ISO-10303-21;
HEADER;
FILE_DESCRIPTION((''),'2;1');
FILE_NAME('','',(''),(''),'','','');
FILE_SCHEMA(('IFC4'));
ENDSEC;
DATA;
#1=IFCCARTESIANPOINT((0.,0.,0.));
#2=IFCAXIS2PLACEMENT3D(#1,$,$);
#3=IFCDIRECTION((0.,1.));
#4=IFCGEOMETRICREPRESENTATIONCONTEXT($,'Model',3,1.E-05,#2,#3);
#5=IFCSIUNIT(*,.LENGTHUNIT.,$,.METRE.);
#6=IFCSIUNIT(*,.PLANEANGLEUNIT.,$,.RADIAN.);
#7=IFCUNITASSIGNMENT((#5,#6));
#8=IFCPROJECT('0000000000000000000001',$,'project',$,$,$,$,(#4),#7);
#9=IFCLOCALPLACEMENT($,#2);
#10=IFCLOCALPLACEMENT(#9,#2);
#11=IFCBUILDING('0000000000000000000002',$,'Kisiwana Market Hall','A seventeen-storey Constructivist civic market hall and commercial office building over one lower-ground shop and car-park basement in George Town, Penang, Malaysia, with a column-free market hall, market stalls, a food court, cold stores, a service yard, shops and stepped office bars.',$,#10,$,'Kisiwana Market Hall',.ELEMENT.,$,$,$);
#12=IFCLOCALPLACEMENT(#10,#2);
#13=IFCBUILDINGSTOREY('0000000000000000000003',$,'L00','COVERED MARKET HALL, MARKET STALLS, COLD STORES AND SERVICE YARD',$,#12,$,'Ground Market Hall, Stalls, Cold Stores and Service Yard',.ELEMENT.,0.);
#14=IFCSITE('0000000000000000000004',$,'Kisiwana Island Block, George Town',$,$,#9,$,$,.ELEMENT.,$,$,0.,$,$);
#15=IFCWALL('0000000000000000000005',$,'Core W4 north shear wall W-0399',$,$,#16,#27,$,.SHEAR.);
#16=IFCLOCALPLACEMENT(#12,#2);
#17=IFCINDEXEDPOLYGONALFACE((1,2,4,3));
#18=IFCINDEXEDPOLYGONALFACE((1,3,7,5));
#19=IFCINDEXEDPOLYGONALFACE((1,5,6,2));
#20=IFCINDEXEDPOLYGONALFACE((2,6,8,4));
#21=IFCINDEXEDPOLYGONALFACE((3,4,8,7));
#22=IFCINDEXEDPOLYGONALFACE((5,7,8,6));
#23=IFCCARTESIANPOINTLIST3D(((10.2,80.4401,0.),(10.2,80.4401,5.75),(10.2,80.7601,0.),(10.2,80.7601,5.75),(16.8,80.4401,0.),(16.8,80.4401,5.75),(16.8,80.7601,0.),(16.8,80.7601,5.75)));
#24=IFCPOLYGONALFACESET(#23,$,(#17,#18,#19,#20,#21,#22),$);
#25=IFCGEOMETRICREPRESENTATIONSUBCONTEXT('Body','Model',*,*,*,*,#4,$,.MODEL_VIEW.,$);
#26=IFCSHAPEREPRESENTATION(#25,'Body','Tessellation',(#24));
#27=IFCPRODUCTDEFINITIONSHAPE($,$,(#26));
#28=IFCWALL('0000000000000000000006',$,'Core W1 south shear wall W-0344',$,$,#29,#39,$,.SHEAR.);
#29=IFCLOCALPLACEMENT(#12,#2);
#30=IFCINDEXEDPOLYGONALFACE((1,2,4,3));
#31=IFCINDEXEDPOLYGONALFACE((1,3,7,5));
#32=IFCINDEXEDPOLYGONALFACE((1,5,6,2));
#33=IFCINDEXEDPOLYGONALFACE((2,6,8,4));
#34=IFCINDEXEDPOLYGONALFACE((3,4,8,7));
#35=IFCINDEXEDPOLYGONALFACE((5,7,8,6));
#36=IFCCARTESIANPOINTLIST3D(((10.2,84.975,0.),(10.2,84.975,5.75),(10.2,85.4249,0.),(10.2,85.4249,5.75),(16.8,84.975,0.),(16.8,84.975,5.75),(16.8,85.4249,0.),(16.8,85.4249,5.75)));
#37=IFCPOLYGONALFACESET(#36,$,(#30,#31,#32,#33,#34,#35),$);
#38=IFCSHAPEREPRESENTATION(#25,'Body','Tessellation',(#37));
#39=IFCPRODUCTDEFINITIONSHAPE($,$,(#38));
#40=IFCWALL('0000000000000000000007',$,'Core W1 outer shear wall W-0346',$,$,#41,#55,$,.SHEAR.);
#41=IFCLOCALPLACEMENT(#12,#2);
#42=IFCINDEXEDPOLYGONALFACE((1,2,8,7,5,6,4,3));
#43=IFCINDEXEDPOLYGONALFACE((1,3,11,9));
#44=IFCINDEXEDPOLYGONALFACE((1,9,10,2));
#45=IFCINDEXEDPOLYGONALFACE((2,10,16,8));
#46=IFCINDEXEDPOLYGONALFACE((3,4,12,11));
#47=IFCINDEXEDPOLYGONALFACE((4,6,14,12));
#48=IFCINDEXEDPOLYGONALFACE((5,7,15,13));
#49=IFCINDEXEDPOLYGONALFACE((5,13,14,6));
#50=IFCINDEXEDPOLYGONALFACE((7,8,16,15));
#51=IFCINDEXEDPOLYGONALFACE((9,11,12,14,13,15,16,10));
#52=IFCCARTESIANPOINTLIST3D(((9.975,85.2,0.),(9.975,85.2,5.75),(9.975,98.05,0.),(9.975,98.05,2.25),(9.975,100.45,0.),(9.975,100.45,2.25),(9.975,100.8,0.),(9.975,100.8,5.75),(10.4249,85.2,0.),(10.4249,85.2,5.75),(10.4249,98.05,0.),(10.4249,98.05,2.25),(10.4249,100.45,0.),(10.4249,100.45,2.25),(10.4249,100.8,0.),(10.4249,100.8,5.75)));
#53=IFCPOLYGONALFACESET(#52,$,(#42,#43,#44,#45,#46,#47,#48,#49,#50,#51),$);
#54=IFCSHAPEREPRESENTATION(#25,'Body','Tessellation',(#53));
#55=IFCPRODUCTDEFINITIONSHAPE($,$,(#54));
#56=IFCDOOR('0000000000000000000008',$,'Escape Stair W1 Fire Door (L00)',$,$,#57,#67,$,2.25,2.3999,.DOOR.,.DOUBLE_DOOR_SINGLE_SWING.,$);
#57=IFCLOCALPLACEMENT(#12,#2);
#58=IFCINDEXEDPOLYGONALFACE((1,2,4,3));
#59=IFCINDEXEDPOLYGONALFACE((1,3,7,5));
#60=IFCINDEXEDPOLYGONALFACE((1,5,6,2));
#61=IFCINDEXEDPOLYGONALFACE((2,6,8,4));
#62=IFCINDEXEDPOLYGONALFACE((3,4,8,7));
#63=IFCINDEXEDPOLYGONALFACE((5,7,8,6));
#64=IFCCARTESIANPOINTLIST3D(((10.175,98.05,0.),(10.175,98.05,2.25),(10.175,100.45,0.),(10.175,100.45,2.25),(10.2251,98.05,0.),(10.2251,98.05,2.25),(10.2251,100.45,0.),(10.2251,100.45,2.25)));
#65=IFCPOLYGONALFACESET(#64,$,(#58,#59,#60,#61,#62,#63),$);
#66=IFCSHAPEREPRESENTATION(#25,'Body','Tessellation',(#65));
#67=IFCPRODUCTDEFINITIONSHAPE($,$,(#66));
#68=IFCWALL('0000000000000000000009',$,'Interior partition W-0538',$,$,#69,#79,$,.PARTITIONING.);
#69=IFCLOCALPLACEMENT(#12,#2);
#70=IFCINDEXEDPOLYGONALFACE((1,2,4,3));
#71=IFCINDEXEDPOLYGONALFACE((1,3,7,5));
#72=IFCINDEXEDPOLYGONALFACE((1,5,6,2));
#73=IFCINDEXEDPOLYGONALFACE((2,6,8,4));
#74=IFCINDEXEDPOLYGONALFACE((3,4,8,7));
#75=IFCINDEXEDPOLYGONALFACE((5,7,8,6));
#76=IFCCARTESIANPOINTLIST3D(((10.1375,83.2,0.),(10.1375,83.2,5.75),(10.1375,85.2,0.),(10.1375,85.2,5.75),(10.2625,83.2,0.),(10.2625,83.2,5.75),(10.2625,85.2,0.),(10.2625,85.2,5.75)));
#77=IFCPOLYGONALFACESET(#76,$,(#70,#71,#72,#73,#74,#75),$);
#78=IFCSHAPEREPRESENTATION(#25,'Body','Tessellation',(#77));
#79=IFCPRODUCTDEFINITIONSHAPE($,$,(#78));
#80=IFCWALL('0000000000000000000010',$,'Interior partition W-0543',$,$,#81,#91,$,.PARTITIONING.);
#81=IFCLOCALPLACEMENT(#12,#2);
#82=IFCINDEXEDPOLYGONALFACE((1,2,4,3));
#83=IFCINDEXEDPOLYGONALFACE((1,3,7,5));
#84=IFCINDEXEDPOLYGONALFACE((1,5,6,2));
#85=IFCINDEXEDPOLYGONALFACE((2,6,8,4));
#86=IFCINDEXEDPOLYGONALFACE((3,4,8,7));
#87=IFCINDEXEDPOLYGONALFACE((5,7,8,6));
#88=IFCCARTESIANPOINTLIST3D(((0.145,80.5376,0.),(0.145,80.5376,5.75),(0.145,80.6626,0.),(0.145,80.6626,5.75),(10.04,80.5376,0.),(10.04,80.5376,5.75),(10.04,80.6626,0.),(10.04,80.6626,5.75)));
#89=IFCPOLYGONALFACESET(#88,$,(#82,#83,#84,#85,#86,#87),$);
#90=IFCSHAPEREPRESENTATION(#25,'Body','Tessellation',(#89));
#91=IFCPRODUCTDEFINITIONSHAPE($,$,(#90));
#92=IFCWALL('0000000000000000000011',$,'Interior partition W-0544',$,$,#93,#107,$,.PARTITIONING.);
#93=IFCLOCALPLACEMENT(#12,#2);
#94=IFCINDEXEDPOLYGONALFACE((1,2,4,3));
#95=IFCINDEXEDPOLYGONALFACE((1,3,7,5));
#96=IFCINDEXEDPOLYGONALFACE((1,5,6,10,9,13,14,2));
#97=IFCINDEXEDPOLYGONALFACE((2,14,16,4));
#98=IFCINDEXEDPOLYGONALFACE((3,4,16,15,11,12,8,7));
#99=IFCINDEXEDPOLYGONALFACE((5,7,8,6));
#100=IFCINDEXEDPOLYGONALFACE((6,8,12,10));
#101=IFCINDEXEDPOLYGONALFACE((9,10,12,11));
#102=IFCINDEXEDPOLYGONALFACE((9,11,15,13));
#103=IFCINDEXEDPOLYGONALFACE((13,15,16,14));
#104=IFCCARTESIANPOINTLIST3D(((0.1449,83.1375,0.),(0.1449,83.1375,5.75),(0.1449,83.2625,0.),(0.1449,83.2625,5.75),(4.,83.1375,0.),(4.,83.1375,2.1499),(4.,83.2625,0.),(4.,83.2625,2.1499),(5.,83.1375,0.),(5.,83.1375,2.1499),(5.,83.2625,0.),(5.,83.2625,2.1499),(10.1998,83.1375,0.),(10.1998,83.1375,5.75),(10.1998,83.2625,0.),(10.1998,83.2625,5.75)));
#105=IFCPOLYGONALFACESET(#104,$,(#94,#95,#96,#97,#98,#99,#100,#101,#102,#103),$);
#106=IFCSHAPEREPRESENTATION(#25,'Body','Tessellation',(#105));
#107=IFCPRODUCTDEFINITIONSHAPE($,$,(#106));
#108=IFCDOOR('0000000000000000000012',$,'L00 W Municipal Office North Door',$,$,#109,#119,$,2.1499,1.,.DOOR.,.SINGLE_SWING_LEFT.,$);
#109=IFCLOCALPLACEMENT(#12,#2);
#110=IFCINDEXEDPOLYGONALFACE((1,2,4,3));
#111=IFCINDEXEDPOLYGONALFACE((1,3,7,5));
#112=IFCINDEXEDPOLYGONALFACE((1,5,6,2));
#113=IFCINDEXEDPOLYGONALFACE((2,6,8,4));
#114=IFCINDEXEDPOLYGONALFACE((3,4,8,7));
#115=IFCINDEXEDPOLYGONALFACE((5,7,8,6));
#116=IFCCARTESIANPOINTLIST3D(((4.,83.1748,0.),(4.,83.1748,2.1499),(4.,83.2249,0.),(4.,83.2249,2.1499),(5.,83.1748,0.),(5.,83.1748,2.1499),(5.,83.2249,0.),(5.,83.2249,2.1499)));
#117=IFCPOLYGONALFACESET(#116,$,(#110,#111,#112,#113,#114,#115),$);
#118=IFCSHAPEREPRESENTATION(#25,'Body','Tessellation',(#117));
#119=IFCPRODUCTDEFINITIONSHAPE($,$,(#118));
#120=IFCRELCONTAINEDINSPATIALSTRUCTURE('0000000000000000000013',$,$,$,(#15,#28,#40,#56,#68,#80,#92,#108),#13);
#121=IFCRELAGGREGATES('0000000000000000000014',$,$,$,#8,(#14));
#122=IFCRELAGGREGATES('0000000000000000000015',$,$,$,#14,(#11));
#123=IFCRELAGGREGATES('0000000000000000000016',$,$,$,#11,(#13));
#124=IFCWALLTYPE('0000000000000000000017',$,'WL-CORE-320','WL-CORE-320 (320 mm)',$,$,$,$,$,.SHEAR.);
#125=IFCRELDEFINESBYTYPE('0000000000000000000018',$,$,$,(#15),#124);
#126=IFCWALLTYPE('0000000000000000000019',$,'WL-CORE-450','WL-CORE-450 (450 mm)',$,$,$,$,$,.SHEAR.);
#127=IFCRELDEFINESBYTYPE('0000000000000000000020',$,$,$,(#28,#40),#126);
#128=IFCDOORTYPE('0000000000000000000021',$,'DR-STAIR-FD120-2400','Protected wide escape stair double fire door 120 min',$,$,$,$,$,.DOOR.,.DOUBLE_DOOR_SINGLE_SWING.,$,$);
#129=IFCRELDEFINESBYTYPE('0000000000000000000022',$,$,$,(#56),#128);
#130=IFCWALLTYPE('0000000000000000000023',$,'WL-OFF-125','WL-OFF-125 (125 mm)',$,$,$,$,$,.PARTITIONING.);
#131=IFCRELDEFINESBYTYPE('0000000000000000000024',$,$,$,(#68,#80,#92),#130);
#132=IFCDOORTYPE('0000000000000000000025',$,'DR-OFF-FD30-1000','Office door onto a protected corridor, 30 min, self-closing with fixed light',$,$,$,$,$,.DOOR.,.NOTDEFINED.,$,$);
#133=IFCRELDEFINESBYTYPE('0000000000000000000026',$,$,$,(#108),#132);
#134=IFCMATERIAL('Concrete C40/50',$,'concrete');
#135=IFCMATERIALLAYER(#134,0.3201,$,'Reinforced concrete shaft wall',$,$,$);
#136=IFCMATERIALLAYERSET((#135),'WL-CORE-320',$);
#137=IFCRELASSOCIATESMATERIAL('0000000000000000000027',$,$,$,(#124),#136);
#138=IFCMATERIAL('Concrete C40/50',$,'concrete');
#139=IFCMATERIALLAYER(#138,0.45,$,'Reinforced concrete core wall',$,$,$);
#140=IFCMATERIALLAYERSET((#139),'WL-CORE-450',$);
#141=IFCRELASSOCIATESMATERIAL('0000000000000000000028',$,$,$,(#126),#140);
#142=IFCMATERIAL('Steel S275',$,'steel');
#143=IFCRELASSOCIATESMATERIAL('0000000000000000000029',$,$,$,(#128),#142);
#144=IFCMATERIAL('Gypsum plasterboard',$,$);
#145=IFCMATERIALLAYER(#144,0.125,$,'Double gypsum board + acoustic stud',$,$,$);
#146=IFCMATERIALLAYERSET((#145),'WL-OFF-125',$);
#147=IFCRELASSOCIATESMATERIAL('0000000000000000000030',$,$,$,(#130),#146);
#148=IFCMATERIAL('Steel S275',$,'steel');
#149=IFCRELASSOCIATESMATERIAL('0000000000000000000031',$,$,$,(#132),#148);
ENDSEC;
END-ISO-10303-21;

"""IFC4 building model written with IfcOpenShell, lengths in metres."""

from ifc_helpers import new_model, si_unit, direction, frame, frame_2d, origin, place, context, subcontext, project, spatial, rectangle, extrude, material, layer, layer_set, type_object, element, fill, save


model = new_model("IFC4")

# Units and contexts
model_context = context("Model", 3, precision=1e-05, world=origin(), true_north=direction((0.0, 1.0)))
body_context = subcontext(model_context, "Body", "Model", "MODEL_VIEW")
ifc_project = project(units=[si_unit("LENGTHUNIT", "METRE"), si_unit("PLANEANGLEUNIT", "RADIAN")], contexts=[model_context])

# Site, building, storey
site_placement = place(None, origin())
site = spatial("IfcSite", under=ifc_project, at=site_placement, Name="Kisiwana Island Block, George Town", CompositionType="ELEMENT", RefElevation=0.0)
building_placement = place(site_placement, origin())
building = spatial("IfcBuilding", under=site, at=building_placement, Name="Kisiwana Market Hall", Description="A seventeen-storey Constructivist civic market hall and commercial office building over one lower-ground shop and car-park basement in George Town, Penang, Malaysia, with a column-free market hall, market stalls, a food court, cold stores, a service yard, shops and stepped office bars.", LongName="Kisiwana Market Hall", CompositionType="ELEMENT")
storey_placement = place(building_placement, origin())
storey = spatial("IfcBuildingStorey", under=building, at=storey_placement, Name="L00", Description="COVERED MARKET HALL, MARKET STALLS, COLD STORES AND SERVICE YARD", LongName="Ground Market Hall, Stalls, Cold Stores and Service Yard", CompositionType="ELEMENT", Elevation=0.0)

# Shared definitions
ifc_material_1 = material(Name="Concrete C40/50", Category="concrete")
ifc_layer_1 = layer(ifc_material_1, 0.3201, Name="Reinforced concrete shaft wall")
ifc_layer_set_1 = layer_set([ifc_layer_1], Name="WL-CORE-320")
wall_type_1 = type_object("IfcWallType", Name="WL-CORE-320", Description="WL-CORE-320 (320 mm)", PredefinedType="SHEAR", material=ifc_layer_set_1)

# Walls
wall_1_placement = place(storey_placement, frame((10.2, 80.6001, 0.0), z_axis=(0.0, 0.0, 1.0), x_axis=(1.0, 0.0, 0.0)))
element("IfcWall", 1, at=wall_1_placement, inside=storey, type_object=wall_type_1, Name="Core W4 north shear wall W-0399", PredefinedType="SHEAR", context=body_context, shape_type="SweptSolid", body=[
    extrude(rectangle(XDim=6.6001, YDim=0.3201, at=frame_2d((3.3, 0.0))), origin(), (0.0, 0.0, 1.0), 5.75),
])
ifc_material_2 = material(Name="Concrete C40/50", Category="concrete")
ifc_layer_2 = layer(ifc_material_2, 0.45, Name="Reinforced concrete core wall")
ifc_layer_set_2 = layer_set([ifc_layer_2], Name="WL-CORE-450")
wall_type_2 = type_object("IfcWallType", Name="WL-CORE-450", Description="WL-CORE-450 (450 mm)", PredefinedType="SHEAR", material=ifc_layer_set_2)
wall_2_placement = place(storey_placement, frame((10.2, 85.2, 0.0), z_axis=(0.0, 0.0, 1.0), x_axis=(1.0, 0.0, 0.0)))
element("IfcWall", 2, at=wall_2_placement, inside=storey, type_object=wall_type_2, Name="Core W1 south shear wall W-0344", PredefinedType="SHEAR", context=body_context, shape_type="SweptSolid", body=[
    extrude(rectangle(XDim=6.6001, YDim=0.45, at=frame_2d((3.3, 0.0))), origin(), (0.0, 0.0, 1.0), 5.75),
])

# Wall, opening, door
wall_3_placement = place(storey_placement, frame((10.2, 85.2, 0.0), z_axis=(0.0, 0.0, 1.0), x_axis=(0.0, 1.0, 0.0)))
wall_3 = element("IfcWall", 3, at=wall_3_placement, inside=storey, type_object=wall_type_2, Name="Core W1 outer shear wall W-0346", PredefinedType="SHEAR", context=body_context, shape_type="SweptSolid", body=[
    extrude(rectangle(XDim=15.6001, YDim=0.45, at=frame_2d((7.8, 0.0))), origin(), (0.0, 0.0, 1.0), 5.75),
])
opening_1_placement = place(wall_3_placement, frame((12.8501, 0.0, 0.0)))
opening_1 = element("IfcOpeningElement", 4, at=opening_1_placement, cuts=wall_3, PredefinedType="OPENING", context=body_context, shape_type="SweptSolid", body=[
    extrude(rectangle(XDim=2.3999, YDim=2.25, at=frame_2d((1.2, 1.125))), frame((0.0, 0.2368, 0.0), z_axis=(0.0, -1.0, 0.0), x_axis=(1.0, 0.0, 0.0)), (0.0, 0.0, 1.0), 0.4739),
])
ifc_material_3 = material(Name="Steel S275", Category="steel")
door_type_1 = type_object("IfcDoorType", Name="DR-STAIR-FD120-2400", Description="Protected wide escape stair double fire door 120 min", OperationType="DOUBLE_DOOR_SINGLE_SWING", PredefinedType="DOOR", material=ifc_material_3)
door_1_placement = place(opening_1_placement, origin())
door_1 = element("IfcDoor", 5, at=door_1_placement, inside=storey, type_object=door_type_1, Name="Escape Stair W1 Fire Door (L00)", OperationType="DOUBLE_DOOR_SINGLE_SWING", OverallHeight=2.25, OverallWidth=2.3999, PredefinedType="DOOR", context=body_context, shape_type="SweptSolid", body=[
    extrude(rectangle(XDim=2.3999, YDim=2.25, at=frame_2d((1.2, 1.125))), frame((0.0, 0.0249, 0.0), z_axis=(0.0, -1.0, 0.0), x_axis=(1.0, 0.0, 0.0)), (0.0, 0.0, 1.0), 0.05),
])
fill(opening_1, door_1)

# Walls
ifc_material_4 = material(Name="Gypsum plasterboard")
ifc_layer_3 = layer(ifc_material_4, 0.125, Name="Double gypsum board + acoustic stud")
ifc_layer_set_3 = layer_set([ifc_layer_3], Name="WL-OFF-125")
wall_type_3 = type_object("IfcWallType", Name="WL-OFF-125", Description="WL-OFF-125 (125 mm)", PredefinedType="PARTITIONING", material=ifc_layer_set_3)
wall_4_placement = place(storey_placement, frame((10.2, 83.2, 0.0), z_axis=(0.0, 0.0, 1.0), x_axis=(0.0, 1.0, 0.0)))
element("IfcWall", 6, at=wall_4_placement, inside=storey, type_object=wall_type_3, Name="Interior partition W-0538", PredefinedType="PARTITIONING", context=body_context, shape_type="SweptSolid", body=[
    extrude(rectangle(XDim=2.0, YDim=0.125, at=frame_2d((1.0, 0.0))), origin(), (0.0, 0.0, 1.0), 5.75),
])
wall_5_placement = place(storey_placement, frame((0.145, 80.6001, 0.0), z_axis=(0.0, 0.0, 1.0), x_axis=(1.0, 0.0, 0.0)))
element("IfcWall", 7, at=wall_5_placement, inside=storey, type_object=wall_type_3, Name="Interior partition W-0543", PredefinedType="PARTITIONING", context=body_context, shape_type="SweptSolid", body=[
    extrude(rectangle(XDim=9.895, YDim=0.125, at=frame_2d((4.9475, 0.0))), origin(), (0.0, 0.0, 1.0), 5.75),
])

# Wall, opening, door
wall_6_placement = place(storey_placement, frame((0.145, 83.2, 0.0), z_axis=(0.0, 0.0, 1.0), x_axis=(1.0, 0.0, 0.0)))
wall_6 = element("IfcWall", 8, at=wall_6_placement, inside=storey, type_object=wall_type_3, Name="Interior partition W-0544", PredefinedType="PARTITIONING", context=body_context, shape_type="SweptSolid", body=[
    extrude(rectangle(XDim=10.0549, YDim=0.125, at=frame_2d((5.0273, 0.0))), origin(), (0.0, 0.0, 1.0), 5.75),
])
opening_2_placement = place(wall_6_placement, frame((3.855, 0.0, 0.0)))
opening_2 = element("IfcOpeningElement", 9, at=opening_2_placement, cuts=wall_6, PredefinedType="OPENING", context=body_context, shape_type="SweptSolid", body=[
    extrude(rectangle(XDim=1.0, YDim=2.1499, at=frame_2d((0.5, 1.075))), frame((0.0, 0.0745, 0.0), z_axis=(0.0, -1.0, 0.0), x_axis=(1.0, 0.0, 0.0)), (0.0, 0.0, 1.0), 0.1489),
])
ifc_material_5 = material(Name="Steel S275", Category="steel")
door_type_2 = type_object("IfcDoorType", Name="DR-OFF-FD30-1000", Description="Office door onto a protected corridor, 30 min, self-closing with fixed light", OperationType="NOTDEFINED", PredefinedType="DOOR", material=ifc_material_5)
door_2_placement = place(opening_2_placement, origin())
door_2 = element("IfcDoor", 10, at=door_2_placement, inside=storey, type_object=door_type_2, Name="L00 W Municipal Office North Door", OperationType="SINGLE_SWING_LEFT", OverallHeight=2.1499, OverallWidth=1.0, PredefinedType="DOOR", context=body_context, shape_type="SweptSolid", body=[
    extrude(rectangle(XDim=1.0, YDim=2.1499, at=frame_2d((0.5, 1.075))), frame((0.0, 0.0249, 0.0), z_axis=(0.0, -1.0, 0.0), x_axis=(1.0, 0.0, 0.0)), (0.0, 0.0, 1.0), 0.05),
])
fill(opening_2, door_2)

save(model, "model.ifc")
